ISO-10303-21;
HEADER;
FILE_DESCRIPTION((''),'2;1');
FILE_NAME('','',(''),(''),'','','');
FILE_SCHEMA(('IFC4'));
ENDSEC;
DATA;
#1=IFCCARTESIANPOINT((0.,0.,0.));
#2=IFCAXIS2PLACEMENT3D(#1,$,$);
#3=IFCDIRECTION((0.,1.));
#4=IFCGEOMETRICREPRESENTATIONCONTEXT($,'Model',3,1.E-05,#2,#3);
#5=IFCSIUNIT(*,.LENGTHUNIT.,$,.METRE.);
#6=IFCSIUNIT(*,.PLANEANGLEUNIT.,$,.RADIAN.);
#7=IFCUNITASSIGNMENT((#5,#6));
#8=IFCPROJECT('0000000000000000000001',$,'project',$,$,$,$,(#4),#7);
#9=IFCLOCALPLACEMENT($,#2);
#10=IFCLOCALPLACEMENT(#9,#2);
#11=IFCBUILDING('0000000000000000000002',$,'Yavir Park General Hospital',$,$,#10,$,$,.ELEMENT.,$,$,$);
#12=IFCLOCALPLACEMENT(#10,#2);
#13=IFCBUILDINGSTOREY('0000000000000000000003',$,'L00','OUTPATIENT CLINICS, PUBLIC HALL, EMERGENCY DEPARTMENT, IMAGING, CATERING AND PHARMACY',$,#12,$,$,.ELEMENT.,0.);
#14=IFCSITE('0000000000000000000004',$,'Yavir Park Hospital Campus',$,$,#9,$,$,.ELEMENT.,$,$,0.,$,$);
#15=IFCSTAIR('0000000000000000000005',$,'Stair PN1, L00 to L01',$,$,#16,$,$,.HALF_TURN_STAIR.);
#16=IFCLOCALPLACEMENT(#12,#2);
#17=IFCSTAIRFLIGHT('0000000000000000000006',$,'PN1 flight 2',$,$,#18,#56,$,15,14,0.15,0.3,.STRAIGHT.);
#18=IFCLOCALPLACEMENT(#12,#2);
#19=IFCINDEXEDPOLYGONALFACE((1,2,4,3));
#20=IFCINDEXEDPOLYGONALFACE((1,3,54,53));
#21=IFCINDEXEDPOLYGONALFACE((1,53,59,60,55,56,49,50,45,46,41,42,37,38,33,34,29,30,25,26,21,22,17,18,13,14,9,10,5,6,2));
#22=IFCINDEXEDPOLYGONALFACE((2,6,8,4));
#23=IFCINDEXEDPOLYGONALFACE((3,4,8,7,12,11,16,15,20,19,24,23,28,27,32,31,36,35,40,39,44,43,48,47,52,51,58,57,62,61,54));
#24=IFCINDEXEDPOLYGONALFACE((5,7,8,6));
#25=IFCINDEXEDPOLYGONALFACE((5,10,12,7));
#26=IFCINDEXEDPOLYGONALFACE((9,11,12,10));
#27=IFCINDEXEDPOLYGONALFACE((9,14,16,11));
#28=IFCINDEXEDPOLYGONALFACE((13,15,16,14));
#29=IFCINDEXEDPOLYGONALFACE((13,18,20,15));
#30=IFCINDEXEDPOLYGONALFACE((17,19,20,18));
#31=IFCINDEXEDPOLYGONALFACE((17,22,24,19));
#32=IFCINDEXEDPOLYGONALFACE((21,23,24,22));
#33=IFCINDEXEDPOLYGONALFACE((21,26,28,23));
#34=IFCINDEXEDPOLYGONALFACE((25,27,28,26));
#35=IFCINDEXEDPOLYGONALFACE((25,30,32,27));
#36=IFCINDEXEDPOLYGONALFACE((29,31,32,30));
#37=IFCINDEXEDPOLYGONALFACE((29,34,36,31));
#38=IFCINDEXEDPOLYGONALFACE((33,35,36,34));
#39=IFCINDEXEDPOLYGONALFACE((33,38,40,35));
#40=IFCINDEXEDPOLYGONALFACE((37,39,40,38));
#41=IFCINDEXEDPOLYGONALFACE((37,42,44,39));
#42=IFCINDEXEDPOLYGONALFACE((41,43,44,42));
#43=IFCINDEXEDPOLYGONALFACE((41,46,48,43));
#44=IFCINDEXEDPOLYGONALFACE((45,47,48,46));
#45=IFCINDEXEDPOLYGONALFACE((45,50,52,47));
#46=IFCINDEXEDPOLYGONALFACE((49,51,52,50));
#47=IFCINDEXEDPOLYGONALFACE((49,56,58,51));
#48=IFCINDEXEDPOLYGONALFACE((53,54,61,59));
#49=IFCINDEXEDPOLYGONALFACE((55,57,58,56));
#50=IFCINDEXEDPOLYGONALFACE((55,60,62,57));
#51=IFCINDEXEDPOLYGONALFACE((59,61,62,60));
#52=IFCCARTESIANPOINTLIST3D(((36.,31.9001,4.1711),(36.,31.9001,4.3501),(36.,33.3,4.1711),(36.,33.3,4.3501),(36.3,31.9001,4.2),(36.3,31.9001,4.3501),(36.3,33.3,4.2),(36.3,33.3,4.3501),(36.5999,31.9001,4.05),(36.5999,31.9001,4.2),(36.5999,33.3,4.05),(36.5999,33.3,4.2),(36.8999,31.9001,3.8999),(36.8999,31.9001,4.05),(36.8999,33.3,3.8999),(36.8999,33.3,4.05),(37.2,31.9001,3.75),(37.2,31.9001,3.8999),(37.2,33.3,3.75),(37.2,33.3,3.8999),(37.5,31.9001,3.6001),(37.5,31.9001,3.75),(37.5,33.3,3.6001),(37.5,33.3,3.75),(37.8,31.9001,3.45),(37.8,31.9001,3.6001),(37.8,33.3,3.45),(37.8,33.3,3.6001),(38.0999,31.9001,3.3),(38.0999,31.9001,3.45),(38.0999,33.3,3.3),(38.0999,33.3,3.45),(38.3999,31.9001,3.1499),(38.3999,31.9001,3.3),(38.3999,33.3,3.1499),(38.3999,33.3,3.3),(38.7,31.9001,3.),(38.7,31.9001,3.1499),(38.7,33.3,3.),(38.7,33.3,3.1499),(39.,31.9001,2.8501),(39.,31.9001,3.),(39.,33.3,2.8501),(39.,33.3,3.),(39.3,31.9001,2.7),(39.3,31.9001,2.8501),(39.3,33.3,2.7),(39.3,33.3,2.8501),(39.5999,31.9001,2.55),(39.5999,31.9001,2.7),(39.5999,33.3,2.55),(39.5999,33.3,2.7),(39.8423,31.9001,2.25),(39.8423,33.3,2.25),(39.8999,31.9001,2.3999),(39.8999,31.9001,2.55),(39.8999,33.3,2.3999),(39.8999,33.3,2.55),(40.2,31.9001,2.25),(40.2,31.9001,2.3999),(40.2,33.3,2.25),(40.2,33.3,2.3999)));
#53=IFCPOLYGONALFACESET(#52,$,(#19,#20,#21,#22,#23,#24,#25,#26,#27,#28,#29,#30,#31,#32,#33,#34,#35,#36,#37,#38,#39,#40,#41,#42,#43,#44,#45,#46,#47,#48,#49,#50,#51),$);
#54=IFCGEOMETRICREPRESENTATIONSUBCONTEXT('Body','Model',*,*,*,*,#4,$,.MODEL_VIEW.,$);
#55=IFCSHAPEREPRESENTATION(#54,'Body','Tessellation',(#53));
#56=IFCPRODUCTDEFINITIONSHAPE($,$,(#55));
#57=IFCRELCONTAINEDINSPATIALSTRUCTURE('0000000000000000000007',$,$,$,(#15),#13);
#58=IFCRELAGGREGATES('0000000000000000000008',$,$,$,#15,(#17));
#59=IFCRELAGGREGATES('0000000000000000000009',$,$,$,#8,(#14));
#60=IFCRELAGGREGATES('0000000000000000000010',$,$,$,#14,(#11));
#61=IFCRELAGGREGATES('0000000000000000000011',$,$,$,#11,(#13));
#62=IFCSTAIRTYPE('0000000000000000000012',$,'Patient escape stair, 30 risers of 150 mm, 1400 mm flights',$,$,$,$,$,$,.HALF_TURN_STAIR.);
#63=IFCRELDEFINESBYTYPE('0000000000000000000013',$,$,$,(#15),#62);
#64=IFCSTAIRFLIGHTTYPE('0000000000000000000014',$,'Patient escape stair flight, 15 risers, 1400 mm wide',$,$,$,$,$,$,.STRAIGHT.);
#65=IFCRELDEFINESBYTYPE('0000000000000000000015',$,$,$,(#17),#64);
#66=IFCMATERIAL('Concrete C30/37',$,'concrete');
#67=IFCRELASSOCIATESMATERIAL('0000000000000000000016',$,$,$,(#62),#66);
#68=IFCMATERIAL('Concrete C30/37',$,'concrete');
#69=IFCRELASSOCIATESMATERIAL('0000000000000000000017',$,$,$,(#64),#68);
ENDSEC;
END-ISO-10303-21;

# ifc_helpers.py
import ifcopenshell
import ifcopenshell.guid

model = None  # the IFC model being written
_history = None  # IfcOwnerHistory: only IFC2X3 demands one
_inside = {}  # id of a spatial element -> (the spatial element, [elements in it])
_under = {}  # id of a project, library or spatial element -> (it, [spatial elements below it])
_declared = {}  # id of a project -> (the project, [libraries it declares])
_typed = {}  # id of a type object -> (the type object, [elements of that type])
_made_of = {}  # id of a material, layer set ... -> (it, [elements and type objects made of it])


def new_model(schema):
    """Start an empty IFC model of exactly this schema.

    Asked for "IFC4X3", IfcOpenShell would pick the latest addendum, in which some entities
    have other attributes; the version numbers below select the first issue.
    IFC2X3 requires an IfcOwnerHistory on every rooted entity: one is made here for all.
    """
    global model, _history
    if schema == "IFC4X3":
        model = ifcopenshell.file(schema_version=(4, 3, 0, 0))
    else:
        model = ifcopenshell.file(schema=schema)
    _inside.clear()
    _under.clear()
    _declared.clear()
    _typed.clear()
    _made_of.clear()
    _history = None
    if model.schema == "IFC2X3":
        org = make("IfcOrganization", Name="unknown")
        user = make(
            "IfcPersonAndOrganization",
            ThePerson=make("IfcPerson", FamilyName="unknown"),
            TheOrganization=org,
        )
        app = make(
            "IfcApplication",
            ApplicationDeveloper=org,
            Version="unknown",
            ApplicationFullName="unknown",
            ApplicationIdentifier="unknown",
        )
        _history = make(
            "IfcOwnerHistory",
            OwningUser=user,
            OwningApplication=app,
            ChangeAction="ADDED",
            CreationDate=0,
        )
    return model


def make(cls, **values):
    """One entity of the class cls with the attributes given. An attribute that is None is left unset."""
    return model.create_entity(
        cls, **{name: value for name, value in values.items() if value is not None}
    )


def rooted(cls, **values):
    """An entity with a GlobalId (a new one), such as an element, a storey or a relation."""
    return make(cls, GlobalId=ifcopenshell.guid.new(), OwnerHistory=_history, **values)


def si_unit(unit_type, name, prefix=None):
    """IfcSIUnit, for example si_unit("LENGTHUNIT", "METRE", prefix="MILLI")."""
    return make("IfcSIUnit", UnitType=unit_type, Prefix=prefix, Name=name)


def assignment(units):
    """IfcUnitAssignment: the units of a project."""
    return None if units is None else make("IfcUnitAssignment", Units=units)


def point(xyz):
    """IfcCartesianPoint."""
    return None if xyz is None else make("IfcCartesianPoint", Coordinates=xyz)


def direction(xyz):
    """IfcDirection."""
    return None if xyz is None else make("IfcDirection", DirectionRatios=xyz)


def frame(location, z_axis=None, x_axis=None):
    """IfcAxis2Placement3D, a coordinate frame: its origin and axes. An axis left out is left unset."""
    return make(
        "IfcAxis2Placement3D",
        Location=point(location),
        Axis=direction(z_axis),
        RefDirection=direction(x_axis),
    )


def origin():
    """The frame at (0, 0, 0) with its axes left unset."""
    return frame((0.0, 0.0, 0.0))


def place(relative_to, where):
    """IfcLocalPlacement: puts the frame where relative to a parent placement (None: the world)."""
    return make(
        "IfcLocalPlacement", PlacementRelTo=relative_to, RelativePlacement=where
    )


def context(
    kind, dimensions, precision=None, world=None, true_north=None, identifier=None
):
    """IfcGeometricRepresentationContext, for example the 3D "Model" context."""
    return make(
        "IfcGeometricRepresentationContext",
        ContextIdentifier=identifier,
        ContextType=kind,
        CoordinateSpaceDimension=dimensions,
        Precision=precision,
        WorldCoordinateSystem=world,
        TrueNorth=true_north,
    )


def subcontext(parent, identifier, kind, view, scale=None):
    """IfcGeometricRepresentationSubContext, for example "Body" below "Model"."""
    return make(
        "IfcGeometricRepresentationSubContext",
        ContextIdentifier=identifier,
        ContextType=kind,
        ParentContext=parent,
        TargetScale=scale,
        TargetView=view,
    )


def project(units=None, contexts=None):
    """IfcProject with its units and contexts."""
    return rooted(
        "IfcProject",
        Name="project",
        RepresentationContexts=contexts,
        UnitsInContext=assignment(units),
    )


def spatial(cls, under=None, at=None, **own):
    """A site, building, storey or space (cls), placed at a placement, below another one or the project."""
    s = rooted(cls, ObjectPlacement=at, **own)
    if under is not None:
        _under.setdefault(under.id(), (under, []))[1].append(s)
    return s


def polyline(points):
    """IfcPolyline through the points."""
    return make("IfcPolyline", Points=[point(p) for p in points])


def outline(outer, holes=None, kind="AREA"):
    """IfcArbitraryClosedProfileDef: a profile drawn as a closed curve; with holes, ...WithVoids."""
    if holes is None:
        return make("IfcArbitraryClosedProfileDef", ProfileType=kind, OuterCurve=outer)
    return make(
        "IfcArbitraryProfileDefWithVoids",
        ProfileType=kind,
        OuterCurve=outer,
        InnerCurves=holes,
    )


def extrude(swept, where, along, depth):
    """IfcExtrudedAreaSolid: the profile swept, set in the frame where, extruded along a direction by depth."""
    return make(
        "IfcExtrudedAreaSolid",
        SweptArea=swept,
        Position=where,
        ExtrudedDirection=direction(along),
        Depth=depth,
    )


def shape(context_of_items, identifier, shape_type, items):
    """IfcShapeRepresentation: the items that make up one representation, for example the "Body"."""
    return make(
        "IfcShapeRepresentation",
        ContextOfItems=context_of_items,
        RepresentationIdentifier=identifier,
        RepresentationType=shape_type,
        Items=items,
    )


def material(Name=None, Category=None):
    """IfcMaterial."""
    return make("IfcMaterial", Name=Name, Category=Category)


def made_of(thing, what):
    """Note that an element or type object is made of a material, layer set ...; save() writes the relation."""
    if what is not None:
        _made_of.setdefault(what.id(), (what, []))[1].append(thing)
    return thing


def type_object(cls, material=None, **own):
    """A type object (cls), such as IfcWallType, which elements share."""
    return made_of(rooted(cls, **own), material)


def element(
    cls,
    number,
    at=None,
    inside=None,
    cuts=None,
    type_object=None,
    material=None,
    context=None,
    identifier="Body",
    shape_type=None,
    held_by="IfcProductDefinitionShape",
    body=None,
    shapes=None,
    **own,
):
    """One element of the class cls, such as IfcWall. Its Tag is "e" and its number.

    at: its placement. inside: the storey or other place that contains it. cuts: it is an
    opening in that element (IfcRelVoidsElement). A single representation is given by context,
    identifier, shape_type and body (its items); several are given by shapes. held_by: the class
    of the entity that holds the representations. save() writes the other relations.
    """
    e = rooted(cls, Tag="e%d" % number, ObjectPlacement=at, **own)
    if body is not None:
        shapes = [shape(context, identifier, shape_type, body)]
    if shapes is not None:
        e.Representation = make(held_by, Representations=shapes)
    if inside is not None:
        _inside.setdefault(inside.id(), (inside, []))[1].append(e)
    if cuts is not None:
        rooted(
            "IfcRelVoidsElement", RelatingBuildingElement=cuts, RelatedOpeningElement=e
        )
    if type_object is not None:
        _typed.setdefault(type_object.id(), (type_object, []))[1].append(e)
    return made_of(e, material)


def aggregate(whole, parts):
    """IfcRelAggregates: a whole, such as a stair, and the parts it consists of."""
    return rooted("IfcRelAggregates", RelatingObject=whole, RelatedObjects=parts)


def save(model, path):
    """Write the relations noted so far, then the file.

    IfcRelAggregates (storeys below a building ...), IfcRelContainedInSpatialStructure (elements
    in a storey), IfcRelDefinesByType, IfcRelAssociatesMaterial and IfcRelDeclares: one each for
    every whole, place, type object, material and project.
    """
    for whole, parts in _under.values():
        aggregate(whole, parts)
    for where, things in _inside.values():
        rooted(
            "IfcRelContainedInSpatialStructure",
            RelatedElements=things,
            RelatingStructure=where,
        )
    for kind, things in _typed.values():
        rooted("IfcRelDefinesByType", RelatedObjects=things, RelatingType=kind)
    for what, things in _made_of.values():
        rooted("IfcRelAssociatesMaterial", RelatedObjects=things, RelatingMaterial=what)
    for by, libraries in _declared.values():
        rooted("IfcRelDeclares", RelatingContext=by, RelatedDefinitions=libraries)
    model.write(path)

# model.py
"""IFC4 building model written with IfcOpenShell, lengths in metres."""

from ifc_helpers import new_model, si_unit, direction, frame, origin, place, context, subcontext, project, spatial, polyline, outline, extrude, material, type_object, element, aggregate, save


model = new_model("IFC4")

# Units and contexts
model_context = context("Model", 3, precision=1e-05, world=origin(), true_north=direction((0.0, 1.0)))
body_context = subcontext(model_context, "Body", "Model", "MODEL_VIEW")
ifc_project = project(units=[si_unit("LENGTHUNIT", "METRE"), si_unit("PLANEANGLEUNIT", "RADIAN")], contexts=[model_context])

# Site, building, storey
site_placement = place(None, origin())
site = spatial("IfcSite", under=ifc_project, at=site_placement, Name="Yavir Park Hospital Campus", CompositionType="ELEMENT", RefElevation=0.0)
building_placement = place(site_placement, origin())
building = spatial("IfcBuilding", under=site, at=building_placement, Name="Yavir Park General Hospital", CompositionType="ELEMENT")
storey_placement = place(building_placement, origin())
storey = spatial("IfcBuildingStorey", under=building, at=storey_placement, Name="L00", Description="OUTPATIENT CLINICS, PUBLIC HALL, EMERGENCY DEPARTMENT, IMAGING, CATERING AND PHARMACY", CompositionType="ELEMENT", Elevation=0.0)

# Stair, stair flight
ifc_material_1 = material(Name="Concrete C30/37", Category="concrete")
stair_type = type_object("IfcStairType", Name="Patient escape stair, 30 risers of 150 mm, 1400 mm flights", PredefinedType="HALF_TURN_STAIR", material=ifc_material_1)
stair_placement = place(storey_placement, origin())
stair = element("IfcStair", 1, at=stair_placement, inside=storey, type_object=stair_type, Name="Stair PN1, L00 to L01", PredefinedType="HALF_TURN_STAIR")
ifc_material_2 = material(Name="Concrete C30/37", Category="concrete")
stair_flight_type = type_object("IfcStairFlightType", Name="Patient escape stair flight, 15 risers, 1400 mm wide", PredefinedType="STRAIGHT", material=ifc_material_2)
stair_flight_placement = place(storey_placement, frame((40.2, 32.6001, 2.25), z_axis=(0.0, 0.0, 1.0), x_axis=(-1.0, 0.0, 0.0)))
stair_flight = element("IfcStairFlight", 2, at=stair_flight_placement, type_object=stair_flight_type, Name="PN1 flight 2", NumberOfRisers=15, NumberOfTreads=14, PredefinedType="STRAIGHT", RiserHeight=0.15, TreadLength=0.3, context=body_context, shape_type="SweptSolid", body=[
    extrude(outline(polyline([(0.0, 0.0), (0.0, 0.1499), (0.3, 0.1499), (0.3, 0.3), (0.6001, 0.3), (0.6001, 0.45), (0.8999, 0.45), (0.8999, 0.6001), (1.2, 0.6001), (1.2, 0.75), (1.5, 0.75), (1.5, 0.8999), (1.8, 0.8999), (1.8, 1.05), (2.1001, 1.05), (2.1001, 1.2), (2.3999, 1.2), (2.3999, 1.3501), (2.7, 1.3501), (2.7, 1.5), (3.0, 1.5), (3.0, 1.6499), (3.3, 1.6499), (3.3, 1.8), (3.6001, 1.8), (3.6001, 1.95), (3.8999, 1.95), (3.8999, 2.1001), (4.2, 2.1001), (4.2, 2.25), (4.2, 1.9211), (0.3577, 0.0), (0.0, 0.0)])), frame((0.0, 0.7, 0.0), z_axis=(0.0, -1.0, 0.0), x_axis=(1.0, 0.0, 0.0)), (0.0, 0.0, 1.0), 1.3999),
])
aggregate(stair, [stair_flight])

save(model, "model.ifc")
